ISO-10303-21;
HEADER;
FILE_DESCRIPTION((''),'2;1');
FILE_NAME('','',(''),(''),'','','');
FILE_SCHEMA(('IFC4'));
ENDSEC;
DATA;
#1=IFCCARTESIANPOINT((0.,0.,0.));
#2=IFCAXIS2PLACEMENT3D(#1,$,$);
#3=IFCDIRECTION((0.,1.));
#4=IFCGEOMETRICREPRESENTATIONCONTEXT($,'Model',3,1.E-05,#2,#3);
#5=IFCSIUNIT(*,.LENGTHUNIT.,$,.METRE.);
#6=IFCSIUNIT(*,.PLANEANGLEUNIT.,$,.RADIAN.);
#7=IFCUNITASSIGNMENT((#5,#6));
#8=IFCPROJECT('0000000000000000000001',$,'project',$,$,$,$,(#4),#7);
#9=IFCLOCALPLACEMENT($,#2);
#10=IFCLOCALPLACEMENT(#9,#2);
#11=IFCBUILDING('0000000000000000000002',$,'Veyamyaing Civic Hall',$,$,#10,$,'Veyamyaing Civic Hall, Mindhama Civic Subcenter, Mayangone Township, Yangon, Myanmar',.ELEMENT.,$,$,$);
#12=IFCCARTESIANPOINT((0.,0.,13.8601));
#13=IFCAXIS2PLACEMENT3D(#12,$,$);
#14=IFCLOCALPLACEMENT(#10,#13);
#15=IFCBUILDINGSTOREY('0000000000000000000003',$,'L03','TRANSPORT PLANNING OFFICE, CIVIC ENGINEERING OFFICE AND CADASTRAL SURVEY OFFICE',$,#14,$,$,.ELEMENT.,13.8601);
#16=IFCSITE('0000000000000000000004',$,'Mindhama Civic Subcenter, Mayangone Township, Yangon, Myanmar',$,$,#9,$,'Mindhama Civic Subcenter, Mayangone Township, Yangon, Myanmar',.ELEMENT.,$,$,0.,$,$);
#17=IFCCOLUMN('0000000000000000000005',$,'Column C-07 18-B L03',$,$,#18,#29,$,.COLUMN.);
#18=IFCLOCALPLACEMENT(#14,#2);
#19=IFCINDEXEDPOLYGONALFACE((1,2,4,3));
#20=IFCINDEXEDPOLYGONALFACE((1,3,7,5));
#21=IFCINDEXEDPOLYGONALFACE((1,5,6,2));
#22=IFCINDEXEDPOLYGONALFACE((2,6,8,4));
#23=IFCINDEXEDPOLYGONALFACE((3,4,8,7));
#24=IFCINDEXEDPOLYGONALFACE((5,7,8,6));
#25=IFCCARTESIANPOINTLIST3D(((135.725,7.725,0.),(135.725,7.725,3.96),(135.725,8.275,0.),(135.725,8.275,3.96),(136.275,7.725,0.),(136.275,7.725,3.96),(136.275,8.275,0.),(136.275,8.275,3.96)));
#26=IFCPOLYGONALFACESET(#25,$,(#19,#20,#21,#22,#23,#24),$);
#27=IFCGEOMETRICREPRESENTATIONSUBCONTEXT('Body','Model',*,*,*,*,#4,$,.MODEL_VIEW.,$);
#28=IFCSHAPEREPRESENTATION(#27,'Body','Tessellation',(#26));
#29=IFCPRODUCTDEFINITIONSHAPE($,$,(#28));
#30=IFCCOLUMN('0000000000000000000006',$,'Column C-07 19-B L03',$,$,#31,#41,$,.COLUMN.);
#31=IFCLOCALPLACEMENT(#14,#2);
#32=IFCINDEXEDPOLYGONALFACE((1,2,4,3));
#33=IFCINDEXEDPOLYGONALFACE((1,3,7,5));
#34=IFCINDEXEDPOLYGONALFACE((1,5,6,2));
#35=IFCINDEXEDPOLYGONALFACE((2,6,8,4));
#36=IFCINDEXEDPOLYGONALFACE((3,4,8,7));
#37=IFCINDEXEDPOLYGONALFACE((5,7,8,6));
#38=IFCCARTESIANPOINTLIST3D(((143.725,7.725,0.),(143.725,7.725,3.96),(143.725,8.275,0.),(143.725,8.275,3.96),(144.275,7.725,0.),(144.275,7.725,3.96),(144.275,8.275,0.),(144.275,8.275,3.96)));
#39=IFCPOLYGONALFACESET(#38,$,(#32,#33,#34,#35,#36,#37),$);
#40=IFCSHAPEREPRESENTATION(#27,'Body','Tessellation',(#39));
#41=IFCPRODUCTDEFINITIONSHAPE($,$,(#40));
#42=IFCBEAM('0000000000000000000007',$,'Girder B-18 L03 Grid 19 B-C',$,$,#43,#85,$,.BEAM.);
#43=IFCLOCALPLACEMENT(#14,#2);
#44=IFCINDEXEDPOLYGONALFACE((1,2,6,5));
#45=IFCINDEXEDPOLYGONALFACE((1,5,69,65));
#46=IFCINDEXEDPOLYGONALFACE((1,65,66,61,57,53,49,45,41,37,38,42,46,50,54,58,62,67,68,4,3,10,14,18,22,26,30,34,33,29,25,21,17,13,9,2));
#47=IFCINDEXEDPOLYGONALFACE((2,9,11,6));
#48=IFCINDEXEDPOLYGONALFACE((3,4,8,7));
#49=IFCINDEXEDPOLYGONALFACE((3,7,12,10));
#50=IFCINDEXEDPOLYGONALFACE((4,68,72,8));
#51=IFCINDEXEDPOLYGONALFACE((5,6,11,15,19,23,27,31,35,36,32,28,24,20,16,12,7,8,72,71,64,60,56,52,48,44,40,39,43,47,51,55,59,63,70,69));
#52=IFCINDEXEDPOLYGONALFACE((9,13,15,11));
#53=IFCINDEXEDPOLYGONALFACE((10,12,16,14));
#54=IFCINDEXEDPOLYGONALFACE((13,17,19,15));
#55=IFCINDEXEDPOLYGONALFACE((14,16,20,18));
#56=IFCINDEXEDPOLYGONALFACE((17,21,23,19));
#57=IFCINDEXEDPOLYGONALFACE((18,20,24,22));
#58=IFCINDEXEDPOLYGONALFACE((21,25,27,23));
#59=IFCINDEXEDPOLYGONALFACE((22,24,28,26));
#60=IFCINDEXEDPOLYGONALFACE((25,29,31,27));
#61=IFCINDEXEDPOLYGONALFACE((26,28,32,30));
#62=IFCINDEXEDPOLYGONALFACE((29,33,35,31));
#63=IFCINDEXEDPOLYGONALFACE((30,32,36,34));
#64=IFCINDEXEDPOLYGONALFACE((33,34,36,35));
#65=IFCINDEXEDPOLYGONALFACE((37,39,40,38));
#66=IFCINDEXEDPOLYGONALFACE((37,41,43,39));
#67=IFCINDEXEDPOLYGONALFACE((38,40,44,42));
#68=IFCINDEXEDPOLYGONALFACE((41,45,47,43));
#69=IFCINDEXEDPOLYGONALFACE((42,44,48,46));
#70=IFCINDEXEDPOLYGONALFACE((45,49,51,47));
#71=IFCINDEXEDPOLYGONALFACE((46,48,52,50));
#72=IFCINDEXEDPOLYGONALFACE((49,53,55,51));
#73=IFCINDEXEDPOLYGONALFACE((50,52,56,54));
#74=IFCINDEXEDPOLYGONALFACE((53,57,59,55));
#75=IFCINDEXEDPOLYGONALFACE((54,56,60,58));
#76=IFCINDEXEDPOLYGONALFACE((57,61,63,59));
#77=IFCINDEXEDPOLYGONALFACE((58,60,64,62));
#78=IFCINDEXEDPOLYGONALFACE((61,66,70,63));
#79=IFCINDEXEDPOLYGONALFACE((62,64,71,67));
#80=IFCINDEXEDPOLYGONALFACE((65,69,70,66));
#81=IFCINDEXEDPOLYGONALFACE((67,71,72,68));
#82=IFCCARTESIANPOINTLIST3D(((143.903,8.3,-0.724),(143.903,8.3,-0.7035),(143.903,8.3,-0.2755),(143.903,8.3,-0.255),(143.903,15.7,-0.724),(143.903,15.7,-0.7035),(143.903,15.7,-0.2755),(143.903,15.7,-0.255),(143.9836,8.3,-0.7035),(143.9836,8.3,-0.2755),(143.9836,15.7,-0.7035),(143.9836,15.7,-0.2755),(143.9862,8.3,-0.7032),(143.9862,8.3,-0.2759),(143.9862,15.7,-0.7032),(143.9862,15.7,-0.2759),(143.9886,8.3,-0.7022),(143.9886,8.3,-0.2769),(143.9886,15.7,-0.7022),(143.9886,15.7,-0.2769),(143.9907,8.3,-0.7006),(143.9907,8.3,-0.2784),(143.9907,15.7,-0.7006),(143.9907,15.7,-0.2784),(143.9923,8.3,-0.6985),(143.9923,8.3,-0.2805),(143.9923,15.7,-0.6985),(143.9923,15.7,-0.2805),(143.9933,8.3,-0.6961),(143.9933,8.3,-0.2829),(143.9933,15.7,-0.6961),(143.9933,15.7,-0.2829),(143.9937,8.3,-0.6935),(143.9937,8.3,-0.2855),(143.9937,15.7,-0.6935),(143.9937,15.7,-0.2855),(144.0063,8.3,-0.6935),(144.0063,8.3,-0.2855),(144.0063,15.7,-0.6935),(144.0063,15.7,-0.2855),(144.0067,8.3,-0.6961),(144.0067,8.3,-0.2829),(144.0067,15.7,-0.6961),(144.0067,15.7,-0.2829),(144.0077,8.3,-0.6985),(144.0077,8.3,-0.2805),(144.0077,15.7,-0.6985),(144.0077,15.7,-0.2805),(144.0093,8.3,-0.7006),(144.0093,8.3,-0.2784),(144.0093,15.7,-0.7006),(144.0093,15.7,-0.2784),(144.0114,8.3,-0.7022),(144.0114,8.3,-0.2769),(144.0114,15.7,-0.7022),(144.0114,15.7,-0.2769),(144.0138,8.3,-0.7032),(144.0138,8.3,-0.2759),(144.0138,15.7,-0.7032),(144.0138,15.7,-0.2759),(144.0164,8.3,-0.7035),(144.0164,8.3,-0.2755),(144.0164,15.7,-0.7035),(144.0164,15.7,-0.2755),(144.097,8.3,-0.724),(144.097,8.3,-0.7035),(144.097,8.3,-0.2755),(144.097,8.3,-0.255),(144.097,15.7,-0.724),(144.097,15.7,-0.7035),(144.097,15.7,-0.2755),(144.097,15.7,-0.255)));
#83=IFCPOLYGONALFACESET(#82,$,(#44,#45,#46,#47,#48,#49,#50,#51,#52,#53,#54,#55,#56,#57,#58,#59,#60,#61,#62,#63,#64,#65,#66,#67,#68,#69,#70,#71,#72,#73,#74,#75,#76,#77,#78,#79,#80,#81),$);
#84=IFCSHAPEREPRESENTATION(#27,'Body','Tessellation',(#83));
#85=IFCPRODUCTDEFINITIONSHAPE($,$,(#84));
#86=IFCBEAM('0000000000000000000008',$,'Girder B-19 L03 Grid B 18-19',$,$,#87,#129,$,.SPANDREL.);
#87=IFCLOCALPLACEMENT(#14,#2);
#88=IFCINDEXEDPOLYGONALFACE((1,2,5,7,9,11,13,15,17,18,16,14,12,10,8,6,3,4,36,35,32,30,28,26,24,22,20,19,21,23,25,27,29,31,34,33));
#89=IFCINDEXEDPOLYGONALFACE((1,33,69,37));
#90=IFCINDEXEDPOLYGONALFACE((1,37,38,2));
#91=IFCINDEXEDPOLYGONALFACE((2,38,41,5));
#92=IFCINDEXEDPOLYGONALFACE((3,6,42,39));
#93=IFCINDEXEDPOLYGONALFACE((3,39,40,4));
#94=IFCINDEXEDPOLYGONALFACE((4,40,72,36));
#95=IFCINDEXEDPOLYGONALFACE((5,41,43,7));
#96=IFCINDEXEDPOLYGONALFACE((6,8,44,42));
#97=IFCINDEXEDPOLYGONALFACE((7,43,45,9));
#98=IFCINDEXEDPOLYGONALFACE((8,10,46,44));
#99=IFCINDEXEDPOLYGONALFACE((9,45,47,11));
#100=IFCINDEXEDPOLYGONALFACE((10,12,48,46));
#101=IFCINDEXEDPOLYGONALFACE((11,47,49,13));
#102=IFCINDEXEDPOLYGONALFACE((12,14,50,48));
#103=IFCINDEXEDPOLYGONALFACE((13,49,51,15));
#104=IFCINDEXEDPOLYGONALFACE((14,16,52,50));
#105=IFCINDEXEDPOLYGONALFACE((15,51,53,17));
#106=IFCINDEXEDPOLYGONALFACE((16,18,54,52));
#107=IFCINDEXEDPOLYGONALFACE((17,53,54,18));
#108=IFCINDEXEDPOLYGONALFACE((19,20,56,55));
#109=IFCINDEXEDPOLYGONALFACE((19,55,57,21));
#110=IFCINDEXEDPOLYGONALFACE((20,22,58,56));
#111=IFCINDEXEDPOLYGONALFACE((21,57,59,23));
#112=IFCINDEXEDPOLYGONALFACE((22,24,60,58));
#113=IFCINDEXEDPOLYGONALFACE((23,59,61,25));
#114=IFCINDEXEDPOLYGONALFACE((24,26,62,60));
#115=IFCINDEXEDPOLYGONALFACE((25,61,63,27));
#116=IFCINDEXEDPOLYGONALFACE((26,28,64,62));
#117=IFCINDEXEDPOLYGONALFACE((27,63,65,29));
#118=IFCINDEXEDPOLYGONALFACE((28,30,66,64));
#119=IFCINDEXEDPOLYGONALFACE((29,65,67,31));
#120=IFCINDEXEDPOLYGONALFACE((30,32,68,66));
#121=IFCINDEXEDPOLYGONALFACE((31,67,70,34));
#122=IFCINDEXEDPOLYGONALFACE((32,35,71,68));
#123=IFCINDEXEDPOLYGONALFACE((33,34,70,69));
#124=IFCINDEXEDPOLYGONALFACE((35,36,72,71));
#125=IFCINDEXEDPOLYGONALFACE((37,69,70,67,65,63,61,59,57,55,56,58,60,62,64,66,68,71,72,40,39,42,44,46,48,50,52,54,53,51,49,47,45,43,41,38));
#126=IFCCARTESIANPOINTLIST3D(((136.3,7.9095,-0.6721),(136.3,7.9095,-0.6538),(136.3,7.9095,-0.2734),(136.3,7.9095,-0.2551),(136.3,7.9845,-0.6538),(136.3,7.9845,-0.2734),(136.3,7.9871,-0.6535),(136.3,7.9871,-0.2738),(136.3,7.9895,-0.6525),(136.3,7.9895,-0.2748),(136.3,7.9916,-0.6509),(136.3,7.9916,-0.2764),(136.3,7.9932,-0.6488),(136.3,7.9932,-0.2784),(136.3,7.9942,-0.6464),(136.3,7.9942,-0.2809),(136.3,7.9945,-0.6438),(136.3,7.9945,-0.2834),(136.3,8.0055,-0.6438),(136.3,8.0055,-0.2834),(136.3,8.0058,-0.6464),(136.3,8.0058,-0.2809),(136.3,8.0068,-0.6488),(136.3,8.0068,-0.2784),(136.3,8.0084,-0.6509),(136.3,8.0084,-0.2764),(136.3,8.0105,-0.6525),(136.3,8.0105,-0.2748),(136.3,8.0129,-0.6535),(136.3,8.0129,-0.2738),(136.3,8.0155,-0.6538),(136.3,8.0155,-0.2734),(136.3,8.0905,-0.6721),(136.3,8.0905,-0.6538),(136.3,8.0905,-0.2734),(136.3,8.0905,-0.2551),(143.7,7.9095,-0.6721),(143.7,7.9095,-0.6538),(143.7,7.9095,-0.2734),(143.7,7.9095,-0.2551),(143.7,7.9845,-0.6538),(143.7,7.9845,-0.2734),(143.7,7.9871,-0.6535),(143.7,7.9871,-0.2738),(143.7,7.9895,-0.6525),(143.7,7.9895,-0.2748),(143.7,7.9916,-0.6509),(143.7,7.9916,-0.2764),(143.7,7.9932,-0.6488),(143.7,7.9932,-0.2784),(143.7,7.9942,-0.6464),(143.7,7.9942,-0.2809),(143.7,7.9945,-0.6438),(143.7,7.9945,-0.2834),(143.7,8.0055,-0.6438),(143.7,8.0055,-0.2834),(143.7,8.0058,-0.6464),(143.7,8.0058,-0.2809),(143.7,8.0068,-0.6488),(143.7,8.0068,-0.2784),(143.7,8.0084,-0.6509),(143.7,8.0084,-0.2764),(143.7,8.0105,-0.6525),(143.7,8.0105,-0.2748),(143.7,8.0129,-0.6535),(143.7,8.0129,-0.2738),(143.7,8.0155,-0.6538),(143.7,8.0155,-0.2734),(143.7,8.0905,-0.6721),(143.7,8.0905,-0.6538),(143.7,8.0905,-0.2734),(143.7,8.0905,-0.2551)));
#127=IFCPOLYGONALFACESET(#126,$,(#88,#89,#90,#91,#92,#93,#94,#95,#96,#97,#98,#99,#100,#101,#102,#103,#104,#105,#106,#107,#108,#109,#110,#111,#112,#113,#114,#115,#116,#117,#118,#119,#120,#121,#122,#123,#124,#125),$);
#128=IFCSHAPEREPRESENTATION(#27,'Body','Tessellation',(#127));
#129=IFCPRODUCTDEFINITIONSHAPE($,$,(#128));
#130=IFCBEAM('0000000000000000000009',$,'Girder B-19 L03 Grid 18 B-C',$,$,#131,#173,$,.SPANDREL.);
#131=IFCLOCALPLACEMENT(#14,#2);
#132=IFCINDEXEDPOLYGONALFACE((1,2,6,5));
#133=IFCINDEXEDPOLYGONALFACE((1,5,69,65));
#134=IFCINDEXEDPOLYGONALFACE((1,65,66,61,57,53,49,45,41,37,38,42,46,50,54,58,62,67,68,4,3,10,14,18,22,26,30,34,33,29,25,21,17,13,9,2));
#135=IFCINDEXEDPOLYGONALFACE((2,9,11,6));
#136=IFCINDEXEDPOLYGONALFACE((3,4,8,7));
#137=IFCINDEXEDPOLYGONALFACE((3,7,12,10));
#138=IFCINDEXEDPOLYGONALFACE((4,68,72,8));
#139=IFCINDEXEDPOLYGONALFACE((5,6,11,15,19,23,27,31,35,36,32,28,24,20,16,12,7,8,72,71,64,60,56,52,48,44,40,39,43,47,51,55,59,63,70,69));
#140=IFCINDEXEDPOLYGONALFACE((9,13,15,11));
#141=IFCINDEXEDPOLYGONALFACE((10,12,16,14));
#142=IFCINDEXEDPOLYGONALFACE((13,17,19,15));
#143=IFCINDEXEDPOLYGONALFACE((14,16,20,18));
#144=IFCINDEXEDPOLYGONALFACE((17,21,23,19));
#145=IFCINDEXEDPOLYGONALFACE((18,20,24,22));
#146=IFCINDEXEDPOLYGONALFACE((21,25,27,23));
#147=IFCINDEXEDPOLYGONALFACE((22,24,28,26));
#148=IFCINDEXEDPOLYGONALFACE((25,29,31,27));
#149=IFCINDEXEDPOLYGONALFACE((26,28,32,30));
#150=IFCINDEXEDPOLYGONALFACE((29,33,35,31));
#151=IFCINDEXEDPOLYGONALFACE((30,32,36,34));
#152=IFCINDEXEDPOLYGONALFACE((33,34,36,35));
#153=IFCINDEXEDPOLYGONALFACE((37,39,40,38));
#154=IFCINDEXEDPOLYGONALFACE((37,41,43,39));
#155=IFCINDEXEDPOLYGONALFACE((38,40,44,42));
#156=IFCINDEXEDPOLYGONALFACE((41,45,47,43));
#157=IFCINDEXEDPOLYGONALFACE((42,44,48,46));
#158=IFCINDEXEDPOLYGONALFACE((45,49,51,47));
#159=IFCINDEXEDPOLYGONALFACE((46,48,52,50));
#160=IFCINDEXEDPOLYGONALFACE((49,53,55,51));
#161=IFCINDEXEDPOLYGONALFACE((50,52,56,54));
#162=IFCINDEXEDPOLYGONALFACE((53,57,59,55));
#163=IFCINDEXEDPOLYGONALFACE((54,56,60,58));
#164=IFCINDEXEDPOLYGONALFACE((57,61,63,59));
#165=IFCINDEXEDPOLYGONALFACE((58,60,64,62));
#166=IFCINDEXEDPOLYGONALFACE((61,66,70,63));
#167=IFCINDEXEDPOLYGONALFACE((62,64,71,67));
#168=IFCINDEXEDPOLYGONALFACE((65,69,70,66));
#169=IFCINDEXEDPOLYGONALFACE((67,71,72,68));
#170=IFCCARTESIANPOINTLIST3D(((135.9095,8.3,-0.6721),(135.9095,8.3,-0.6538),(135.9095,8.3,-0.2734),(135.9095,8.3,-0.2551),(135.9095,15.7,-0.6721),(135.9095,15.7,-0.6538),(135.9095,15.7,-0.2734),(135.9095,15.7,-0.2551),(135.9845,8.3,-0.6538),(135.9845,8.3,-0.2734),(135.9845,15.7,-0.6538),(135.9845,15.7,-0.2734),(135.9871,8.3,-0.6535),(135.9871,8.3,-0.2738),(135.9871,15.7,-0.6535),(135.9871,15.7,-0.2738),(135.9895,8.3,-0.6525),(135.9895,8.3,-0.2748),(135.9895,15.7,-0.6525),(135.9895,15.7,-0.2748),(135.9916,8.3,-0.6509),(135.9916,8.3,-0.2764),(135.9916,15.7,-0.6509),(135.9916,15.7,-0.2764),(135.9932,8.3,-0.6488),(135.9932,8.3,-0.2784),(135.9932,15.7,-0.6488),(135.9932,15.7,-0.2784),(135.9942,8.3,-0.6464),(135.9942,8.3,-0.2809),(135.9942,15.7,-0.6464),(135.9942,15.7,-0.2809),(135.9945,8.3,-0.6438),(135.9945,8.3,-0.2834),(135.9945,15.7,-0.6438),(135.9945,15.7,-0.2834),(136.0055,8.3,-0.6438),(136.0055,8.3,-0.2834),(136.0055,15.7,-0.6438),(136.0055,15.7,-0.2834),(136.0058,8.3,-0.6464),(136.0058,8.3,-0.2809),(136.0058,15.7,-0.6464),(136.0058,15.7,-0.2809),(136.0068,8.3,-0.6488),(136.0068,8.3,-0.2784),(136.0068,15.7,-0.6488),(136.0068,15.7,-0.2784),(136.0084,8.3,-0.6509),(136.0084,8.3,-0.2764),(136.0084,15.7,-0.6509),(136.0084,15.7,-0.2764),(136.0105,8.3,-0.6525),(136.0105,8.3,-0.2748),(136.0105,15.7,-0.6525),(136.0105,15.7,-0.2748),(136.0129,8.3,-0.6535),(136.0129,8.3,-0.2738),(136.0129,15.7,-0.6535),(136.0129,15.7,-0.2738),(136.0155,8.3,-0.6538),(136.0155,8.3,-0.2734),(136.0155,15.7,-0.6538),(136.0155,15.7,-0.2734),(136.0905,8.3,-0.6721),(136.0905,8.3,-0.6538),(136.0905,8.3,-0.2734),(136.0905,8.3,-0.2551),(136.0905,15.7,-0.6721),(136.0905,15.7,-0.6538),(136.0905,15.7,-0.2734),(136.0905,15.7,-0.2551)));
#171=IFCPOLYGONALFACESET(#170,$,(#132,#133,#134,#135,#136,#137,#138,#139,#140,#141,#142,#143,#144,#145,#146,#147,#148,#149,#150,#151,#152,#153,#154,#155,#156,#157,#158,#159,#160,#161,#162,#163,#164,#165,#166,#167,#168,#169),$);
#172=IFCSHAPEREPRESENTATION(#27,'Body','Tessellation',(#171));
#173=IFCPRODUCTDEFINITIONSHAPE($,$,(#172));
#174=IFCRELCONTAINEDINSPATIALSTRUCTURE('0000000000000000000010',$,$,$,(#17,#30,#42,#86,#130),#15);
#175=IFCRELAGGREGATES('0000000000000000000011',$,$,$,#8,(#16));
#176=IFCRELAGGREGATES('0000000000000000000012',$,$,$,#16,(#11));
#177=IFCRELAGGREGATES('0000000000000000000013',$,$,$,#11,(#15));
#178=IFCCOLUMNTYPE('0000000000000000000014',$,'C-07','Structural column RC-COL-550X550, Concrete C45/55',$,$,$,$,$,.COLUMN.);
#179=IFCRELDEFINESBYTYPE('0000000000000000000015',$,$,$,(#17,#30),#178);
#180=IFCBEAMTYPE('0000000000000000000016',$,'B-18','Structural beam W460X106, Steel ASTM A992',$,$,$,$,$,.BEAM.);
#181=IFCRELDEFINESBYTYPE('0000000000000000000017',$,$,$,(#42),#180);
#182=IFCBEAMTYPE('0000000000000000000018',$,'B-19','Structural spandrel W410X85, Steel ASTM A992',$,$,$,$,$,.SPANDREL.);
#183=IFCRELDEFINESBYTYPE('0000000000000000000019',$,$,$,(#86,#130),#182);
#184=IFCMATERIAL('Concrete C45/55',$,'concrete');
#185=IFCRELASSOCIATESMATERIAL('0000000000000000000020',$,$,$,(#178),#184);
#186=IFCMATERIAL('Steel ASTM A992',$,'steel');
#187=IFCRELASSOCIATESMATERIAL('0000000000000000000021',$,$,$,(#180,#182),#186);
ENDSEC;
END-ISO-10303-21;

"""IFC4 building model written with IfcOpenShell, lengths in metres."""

from ifc_helpers import new_model, si_unit, direction, frame, origin, origin_2d, place, context, subcontext, project, spatial, rectangle, i_section, extrude, material, material_profile, profile_set, type_object, element, save


model = new_model("IFC4")

# Units and contexts
model_context = context("Model", 3, precision=1e-05, world=origin(), true_north=direction((0.0, 1.0)))
body_context = subcontext(model_context, "Body", "Model", "MODEL_VIEW")
ifc_project = project(units=[si_unit("LENGTHUNIT", "METRE"), si_unit("PLANEANGLEUNIT", "RADIAN")], contexts=[model_context])

# Site, building, storey
site_placement = place(None, origin())
site = spatial("IfcSite", under=ifc_project, at=site_placement, Name="Mindhama Civic Subcenter, Mayangone Township, Yangon, Myanmar", LongName="Mindhama Civic Subcenter, Mayangone Township, Yangon, Myanmar", CompositionType="ELEMENT", RefElevation=0.0)
building_placement = place(site_placement, origin())
building = spatial("IfcBuilding", under=site, at=building_placement, Name="Veyamyaing Civic Hall", LongName="Veyamyaing Civic Hall, Mindhama Civic Subcenter, Mayangone Township, Yangon, Myanmar", CompositionType="ELEMENT")
storey_placement = place(building_placement, frame((0.0, 0.0, 13.8601)))
storey = spatial("IfcBuildingStorey", under=building, at=storey_placement, Name="L03", Description="TRANSPORT PLANNING OFFICE, CIVIC ENGINEERING OFFICE AND CADASTRAL SURVEY OFFICE", CompositionType="ELEMENT", Elevation=13.8601)

# Columns
ifc_material_1 = material(Name="Concrete C45/55", Category="concrete")
ifc_material_profile_1 = material_profile(ifc_material_1, rectangle(XDim=0.55, YDim=0.55, at=origin_2d()), Name="RC-COL-550X550")
ifc_profile_set_1 = profile_set([ifc_material_profile_1], Name="Concrete C45/55")
column_type = type_object("IfcColumnType", Name="C-07", Description="Structural column RC-COL-550X550, Concrete C45/55", PredefinedType="COLUMN", material=ifc_profile_set_1)
for number, where, z_axis, x_axis, name in (
    (1, (136.0, 8.0, 0.0), (0.0, 0.0, 1.0), (1.0, 0.0, 0.0), "Column C-07 18-B L03"),
    (2, (144.0, 8.0, 0.0), (0.0, 0.0, 1.0), (1.0, 0.0, 0.0), "Column C-07 19-B L03"),
):
    element("IfcColumn", number, at=place(storey_placement, frame(where, z_axis=z_axis, x_axis=x_axis)), inside=storey, type_object=column_type, Name=name, PredefinedType="COLUMN", context=body_context, shape_type="SweptSolid", body=[
        extrude(rectangle(XDim=0.55, YDim=0.55, at=origin_2d()), origin(), (0.0, 0.0, 1.0), 3.96),
    ])

# Beams
ifc_material_2 = material(Name="Steel ASTM A992", Category="steel")
ifc_material_profile_2 = material_profile(ifc_material_2, i_section(OverallWidth=0.1941, OverallDepth=0.469, WebThickness=0.0127, FlangeThickness=0.0205, FilletRadius=0.01, at=origin_2d()), Name="W460X106")
ifc_profile_set_2 = profile_set([ifc_material_profile_2], Name="Steel ASTM A992")
beam_type_1 = type_object("IfcBeamType", Name="B-18", Description="Structural beam W460X106, Steel ASTM A992", PredefinedType="BEAM", material=ifc_profile_set_2)
beam_1_placement = place(storey_placement, frame((144.0, 8.3, -0.4895), z_axis=(0.0, 1.0, 0.0), x_axis=(-1.0, 0.0, 0.0)))
element("IfcBeam", 3, at=beam_1_placement, inside=storey, type_object=beam_type_1, Name="Girder B-18 L03 Grid 19 B-C", PredefinedType="BEAM", context=body_context, shape_type="SweptSolid", body=[
    extrude(i_section(OverallWidth=0.1941, OverallDepth=0.469, WebThickness=0.0127, FlangeThickness=0.0205, FilletRadius=0.01, at=origin_2d()), origin(), (0.0, 0.0, 1.0), 7.3999),
])
ifc_material_profile_3 = material_profile(ifc_material_2, i_section(OverallWidth=0.1809, OverallDepth=0.417, WebThickness=0.011, FlangeThickness=0.0183, FilletRadius=0.01, at=origin_2d()), Name="W410X85")
ifc_profile_set_3 = profile_set([ifc_material_profile_3], Name="Steel ASTM A992")
beam_type_2 = type_object("IfcBeamType", Name="B-19", Description="Structural spandrel W410X85, Steel ASTM A992", PredefinedType="SPANDREL", material=ifc_profile_set_3)
for number, where, z_axis, x_axis, name in (
    (4, (136.3, 8.0, -0.4636), (1.0, 0.0, 0.0), (0.0, 1.0, 0.0), "Girder B-19 L03 Grid B 18-19"),
    (5, (136.0, 8.3, -0.4636), (0.0, 1.0, 0.0), (-1.0, 0.0, 0.0), "Girder B-19 L03 Grid 18 B-C"),
):
    element("IfcBeam", number, at=place(storey_placement, frame(where, z_axis=z_axis, x_axis=x_axis)), inside=storey, type_object=beam_type_2, Name=name, PredefinedType="SPANDREL", context=body_context, shape_type="SweptSolid", body=[
        extrude(i_section(OverallWidth=0.1809, OverallDepth=0.417, WebThickness=0.011, FlangeThickness=0.0183, FilletRadius=0.01, at=origin_2d()), origin(), (0.0, 0.0, 1.0), 7.3999),
    ])

save(model, "model.ifc")
